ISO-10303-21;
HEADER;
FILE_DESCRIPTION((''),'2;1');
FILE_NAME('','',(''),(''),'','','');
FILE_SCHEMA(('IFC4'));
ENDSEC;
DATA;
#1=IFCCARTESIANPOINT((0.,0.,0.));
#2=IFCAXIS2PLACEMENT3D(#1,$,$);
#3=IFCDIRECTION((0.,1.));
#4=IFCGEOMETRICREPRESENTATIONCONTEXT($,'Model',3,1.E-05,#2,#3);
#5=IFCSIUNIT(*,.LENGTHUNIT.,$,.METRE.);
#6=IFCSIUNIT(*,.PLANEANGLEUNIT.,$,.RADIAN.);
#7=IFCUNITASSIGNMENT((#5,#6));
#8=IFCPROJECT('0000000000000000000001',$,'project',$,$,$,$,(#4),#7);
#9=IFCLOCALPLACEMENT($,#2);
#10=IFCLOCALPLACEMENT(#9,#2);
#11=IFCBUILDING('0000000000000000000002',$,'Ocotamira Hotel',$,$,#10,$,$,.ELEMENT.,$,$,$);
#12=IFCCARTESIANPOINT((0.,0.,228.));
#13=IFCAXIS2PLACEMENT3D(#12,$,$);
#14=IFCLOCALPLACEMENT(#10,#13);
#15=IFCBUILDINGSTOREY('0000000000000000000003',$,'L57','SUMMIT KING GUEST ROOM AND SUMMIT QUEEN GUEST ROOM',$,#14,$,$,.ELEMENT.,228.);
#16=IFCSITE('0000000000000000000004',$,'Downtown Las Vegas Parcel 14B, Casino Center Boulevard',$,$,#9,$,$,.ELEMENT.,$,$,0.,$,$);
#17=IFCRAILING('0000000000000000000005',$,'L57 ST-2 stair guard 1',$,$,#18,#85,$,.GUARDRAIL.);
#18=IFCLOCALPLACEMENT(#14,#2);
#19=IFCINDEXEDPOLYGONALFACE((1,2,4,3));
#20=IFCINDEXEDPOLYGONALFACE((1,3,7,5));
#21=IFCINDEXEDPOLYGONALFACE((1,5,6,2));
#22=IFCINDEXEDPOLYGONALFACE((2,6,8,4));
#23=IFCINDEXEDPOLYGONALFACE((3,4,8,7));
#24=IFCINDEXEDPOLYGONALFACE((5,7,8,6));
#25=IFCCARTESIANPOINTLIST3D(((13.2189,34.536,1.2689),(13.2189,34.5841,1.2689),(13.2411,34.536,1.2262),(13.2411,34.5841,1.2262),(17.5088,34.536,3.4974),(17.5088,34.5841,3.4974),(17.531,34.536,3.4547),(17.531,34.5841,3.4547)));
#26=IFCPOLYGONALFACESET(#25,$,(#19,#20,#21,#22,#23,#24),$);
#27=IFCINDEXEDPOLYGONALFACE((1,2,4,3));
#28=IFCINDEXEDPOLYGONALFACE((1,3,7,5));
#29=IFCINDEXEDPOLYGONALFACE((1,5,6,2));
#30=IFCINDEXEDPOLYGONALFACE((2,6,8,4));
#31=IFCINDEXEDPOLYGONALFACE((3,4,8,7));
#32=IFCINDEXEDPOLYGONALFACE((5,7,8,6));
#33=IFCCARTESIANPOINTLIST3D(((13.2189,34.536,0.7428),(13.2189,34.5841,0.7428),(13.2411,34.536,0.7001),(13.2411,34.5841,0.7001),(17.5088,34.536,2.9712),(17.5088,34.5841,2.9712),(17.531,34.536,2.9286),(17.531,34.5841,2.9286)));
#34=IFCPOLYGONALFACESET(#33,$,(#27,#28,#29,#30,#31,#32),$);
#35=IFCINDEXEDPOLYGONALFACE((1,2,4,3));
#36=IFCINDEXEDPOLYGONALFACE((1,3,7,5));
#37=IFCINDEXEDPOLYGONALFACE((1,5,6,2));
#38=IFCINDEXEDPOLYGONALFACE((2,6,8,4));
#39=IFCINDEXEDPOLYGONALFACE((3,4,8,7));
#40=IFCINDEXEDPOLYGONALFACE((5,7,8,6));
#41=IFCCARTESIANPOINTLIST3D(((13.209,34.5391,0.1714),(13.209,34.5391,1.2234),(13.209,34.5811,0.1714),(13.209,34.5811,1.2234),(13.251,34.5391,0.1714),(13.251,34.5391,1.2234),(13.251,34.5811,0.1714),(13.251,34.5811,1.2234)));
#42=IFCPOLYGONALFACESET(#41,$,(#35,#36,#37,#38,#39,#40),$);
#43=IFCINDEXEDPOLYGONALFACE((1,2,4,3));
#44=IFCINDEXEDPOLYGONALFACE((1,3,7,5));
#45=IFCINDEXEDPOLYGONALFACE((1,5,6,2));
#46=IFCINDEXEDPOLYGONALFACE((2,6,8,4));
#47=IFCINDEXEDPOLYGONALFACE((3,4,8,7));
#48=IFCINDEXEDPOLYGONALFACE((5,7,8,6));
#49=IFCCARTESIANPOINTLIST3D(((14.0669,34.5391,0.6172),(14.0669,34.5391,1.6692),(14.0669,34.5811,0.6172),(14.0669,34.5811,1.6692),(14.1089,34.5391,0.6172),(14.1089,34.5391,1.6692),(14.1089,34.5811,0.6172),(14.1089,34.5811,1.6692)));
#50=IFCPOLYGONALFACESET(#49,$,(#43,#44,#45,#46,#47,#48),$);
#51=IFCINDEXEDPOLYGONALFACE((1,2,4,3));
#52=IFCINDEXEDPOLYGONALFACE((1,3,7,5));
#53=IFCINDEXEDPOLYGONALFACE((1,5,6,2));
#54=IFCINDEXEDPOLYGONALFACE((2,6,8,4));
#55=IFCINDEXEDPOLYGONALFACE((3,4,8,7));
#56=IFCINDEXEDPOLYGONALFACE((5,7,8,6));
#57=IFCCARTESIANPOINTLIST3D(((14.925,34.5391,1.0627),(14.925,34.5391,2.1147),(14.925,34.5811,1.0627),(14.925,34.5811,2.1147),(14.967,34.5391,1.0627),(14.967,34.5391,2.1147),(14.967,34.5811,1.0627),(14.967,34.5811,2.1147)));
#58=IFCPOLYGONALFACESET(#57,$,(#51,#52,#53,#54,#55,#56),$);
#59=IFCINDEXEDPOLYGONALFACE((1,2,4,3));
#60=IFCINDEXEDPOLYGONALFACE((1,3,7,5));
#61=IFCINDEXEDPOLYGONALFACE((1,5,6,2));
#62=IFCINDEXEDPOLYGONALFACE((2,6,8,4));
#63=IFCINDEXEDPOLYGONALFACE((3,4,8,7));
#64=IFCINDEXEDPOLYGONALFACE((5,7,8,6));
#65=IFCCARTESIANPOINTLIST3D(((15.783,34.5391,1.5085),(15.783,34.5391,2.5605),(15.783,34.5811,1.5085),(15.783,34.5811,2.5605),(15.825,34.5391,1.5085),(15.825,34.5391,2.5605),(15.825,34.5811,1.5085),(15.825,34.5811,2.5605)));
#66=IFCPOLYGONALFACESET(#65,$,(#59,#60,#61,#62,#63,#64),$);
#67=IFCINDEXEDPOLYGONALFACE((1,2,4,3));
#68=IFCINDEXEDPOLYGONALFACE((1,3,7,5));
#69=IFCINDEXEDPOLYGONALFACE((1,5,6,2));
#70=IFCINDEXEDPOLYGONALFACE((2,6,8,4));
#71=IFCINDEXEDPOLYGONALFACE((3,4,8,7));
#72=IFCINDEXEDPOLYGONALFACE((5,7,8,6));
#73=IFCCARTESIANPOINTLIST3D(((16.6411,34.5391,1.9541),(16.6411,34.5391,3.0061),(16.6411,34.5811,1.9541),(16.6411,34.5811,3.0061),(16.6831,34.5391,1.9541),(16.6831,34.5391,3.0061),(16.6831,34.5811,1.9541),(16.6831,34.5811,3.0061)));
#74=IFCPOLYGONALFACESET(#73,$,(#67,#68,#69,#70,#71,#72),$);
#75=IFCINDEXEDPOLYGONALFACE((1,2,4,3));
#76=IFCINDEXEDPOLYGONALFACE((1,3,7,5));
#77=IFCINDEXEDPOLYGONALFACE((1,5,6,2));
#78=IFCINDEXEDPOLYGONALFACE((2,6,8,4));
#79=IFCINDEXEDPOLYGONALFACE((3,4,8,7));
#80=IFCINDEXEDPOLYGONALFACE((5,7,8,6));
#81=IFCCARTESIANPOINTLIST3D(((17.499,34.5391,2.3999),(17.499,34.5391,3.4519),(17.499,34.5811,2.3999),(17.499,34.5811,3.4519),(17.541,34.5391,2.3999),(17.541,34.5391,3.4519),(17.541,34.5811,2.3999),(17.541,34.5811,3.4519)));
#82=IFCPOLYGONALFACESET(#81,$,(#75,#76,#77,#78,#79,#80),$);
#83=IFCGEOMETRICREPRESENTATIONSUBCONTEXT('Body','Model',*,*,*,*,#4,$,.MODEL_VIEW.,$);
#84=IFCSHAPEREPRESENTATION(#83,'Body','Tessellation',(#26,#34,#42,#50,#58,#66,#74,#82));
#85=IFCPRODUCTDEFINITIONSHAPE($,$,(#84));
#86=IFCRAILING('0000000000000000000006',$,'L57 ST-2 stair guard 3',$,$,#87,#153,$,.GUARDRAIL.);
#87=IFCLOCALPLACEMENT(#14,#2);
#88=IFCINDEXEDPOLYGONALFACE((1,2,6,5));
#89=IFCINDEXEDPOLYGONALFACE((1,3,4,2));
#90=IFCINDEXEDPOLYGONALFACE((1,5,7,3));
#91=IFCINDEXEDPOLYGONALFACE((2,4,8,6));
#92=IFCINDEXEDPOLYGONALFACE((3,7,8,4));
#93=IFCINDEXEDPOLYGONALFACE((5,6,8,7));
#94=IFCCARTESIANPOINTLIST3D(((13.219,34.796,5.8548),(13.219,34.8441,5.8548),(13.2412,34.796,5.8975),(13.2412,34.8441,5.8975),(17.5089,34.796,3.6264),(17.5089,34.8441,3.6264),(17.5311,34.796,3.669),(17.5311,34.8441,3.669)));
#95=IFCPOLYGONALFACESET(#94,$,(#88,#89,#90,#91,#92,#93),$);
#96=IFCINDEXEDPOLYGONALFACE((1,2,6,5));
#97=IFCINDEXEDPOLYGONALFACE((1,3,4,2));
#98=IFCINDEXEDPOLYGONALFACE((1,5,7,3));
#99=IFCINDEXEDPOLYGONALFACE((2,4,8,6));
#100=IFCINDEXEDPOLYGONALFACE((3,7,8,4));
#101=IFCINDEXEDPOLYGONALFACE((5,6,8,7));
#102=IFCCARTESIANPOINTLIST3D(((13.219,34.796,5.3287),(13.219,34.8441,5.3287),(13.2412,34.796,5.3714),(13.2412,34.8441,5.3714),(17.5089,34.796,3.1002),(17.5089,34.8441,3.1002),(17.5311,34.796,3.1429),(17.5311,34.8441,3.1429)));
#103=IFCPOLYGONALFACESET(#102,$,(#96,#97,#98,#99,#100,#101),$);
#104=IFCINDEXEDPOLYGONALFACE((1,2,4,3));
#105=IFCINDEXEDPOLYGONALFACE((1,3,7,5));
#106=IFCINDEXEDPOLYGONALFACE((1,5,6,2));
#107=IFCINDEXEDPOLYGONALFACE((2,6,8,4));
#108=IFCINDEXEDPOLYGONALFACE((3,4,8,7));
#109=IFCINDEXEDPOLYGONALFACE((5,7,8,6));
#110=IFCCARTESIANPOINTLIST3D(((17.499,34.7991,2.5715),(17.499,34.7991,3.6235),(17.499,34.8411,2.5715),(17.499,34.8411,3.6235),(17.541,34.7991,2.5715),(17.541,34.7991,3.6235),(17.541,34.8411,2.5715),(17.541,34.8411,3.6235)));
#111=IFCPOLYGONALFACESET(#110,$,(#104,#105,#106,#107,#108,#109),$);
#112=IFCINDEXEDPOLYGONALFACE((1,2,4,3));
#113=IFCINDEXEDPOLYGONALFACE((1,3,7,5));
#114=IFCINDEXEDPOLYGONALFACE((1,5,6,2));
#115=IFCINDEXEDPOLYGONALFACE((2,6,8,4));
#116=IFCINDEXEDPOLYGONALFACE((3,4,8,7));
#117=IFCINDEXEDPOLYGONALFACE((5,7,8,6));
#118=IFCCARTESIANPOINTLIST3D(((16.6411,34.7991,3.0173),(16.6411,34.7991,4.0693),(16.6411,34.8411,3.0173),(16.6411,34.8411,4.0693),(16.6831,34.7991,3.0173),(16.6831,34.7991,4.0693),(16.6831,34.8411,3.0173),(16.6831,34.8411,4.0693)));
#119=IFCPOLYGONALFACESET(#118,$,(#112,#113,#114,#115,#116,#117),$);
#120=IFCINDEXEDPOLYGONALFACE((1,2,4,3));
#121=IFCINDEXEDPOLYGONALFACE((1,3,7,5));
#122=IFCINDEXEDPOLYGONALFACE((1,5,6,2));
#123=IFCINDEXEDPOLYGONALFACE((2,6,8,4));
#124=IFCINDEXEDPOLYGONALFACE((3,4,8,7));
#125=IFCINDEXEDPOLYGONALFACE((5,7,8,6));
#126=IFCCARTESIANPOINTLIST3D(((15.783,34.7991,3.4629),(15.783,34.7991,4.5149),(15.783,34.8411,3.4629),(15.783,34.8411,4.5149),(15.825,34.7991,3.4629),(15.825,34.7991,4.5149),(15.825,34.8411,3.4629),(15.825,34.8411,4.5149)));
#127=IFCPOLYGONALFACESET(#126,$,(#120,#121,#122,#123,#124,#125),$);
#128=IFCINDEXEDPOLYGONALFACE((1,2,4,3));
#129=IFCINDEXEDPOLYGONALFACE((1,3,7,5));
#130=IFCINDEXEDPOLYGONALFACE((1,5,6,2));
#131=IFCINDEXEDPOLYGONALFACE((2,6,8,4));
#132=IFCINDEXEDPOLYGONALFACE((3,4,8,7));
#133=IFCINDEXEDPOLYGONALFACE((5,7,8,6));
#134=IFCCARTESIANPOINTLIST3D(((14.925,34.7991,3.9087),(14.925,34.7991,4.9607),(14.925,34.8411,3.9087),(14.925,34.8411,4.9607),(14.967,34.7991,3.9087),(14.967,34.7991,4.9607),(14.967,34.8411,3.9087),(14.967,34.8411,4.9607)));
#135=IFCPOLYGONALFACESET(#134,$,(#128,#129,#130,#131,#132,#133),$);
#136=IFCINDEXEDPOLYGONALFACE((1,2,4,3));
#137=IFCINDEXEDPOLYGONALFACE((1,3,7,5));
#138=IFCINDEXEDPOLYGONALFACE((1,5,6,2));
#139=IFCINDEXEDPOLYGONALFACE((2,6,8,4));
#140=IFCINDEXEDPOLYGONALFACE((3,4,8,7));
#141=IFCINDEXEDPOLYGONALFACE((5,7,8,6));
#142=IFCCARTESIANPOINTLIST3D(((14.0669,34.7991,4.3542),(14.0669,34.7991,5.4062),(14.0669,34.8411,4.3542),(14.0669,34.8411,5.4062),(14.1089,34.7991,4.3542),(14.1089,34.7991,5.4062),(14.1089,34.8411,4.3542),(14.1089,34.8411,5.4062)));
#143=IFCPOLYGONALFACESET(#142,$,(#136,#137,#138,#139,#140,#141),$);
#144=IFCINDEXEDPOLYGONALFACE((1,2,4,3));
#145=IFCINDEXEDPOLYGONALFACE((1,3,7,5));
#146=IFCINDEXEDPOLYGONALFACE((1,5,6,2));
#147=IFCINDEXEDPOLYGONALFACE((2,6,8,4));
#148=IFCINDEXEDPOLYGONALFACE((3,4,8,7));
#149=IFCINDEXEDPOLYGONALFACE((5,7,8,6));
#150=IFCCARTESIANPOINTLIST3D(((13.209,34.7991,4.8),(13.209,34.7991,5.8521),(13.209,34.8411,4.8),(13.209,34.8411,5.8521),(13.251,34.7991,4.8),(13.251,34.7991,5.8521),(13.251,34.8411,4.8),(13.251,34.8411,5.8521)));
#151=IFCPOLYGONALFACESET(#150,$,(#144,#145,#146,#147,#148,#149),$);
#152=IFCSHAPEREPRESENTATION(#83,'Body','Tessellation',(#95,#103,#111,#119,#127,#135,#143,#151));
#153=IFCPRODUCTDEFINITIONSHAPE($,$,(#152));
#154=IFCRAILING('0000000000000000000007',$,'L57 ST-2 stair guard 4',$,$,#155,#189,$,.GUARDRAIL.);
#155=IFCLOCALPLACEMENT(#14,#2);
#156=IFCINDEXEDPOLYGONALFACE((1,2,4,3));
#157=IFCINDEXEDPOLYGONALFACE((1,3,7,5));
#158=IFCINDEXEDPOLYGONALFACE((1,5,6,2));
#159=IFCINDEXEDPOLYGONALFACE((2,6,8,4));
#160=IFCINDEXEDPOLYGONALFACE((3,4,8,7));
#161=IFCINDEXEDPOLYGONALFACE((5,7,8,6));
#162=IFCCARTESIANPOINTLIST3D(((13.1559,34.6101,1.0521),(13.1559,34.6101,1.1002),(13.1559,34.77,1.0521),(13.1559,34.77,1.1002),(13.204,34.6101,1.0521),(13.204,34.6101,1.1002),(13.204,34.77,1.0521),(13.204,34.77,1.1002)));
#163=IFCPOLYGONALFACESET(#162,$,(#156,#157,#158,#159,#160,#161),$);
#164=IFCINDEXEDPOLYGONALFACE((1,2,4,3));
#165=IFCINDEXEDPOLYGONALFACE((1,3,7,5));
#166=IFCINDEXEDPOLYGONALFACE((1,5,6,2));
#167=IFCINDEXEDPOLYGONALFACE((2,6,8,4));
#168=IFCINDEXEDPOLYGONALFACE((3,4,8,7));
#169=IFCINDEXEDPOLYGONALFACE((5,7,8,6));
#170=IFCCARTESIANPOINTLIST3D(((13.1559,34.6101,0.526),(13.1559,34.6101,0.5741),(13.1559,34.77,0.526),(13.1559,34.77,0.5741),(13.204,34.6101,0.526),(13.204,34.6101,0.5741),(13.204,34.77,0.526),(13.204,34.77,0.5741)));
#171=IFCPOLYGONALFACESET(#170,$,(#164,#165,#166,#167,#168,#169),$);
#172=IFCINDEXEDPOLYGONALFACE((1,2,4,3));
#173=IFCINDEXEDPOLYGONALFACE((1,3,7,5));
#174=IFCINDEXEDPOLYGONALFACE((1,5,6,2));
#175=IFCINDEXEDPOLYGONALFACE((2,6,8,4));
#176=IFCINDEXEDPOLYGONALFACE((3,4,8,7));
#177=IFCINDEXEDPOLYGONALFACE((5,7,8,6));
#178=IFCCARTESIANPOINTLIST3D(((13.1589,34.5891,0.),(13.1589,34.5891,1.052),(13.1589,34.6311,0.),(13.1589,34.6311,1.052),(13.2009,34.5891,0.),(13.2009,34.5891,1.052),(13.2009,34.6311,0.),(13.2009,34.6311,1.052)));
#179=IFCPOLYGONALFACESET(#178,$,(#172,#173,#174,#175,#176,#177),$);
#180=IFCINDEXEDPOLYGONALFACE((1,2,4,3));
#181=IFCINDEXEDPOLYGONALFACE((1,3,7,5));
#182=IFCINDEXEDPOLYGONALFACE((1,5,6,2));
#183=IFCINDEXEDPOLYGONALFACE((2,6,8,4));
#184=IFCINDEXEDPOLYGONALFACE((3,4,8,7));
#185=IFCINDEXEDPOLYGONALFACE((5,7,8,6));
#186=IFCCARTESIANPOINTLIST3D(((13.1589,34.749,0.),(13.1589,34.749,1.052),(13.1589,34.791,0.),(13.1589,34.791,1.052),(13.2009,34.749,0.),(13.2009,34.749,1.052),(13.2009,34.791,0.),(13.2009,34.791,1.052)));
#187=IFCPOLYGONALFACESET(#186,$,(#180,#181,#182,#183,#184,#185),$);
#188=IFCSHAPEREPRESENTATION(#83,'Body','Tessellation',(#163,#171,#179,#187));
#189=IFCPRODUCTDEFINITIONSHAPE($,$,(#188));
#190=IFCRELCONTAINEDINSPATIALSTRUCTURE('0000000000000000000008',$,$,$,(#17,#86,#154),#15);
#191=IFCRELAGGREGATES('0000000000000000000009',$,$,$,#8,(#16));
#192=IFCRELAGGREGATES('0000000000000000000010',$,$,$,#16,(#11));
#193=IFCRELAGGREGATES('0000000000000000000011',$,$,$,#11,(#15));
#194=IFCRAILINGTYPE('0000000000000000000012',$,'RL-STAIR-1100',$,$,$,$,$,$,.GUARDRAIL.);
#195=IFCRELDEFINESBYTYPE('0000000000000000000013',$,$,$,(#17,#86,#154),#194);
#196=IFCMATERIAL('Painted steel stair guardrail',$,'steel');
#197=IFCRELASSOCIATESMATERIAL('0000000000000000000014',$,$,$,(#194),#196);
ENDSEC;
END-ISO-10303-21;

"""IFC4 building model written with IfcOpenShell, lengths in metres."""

from ifc_helpers import new_model, si_unit, direction, frame, origin, origin_2d, place, context, subcontext, project, spatial, rectangle, extrude, material, type_object, element, save


model = new_model("IFC4")

# Units and contexts
model_context = context("Model", 3, precision=1e-05, world=origin(), true_north=direction((0.0, 1.0)))
body_context = subcontext(model_context, "Body", "Model", "MODEL_VIEW")
ifc_project = project(units=[si_unit("LENGTHUNIT", "METRE"), si_unit("PLANEANGLEUNIT", "RADIAN")], contexts=[model_context])

# Site, building, storey
site_placement = place(None, origin())
site = spatial("IfcSite", under=ifc_project, at=site_placement, Name="Downtown Las Vegas Parcel 14B, Casino Center Boulevard", CompositionType="ELEMENT", RefElevation=0.0)
building_placement = place(site_placement, origin())
building = spatial("IfcBuilding", under=site, at=building_placement, Name="Ocotamira Hotel", CompositionType="ELEMENT")
storey_placement = place(building_placement, frame((0.0, 0.0, 228.0)))
storey = spatial("IfcBuildingStorey", under=building, at=storey_placement, Name="L57", Description="SUMMIT KING GUEST ROOM AND SUMMIT QUEEN GUEST ROOM", CompositionType="ELEMENT", Elevation=228.0)

# Railings
ifc_material_1 = material(Name="Painted steel stair guardrail", Category="steel")
railing_type_1 = type_object("IfcRailingType", Name="RL-STAIR-1100", PredefinedType="GUARDRAIL", material=ifc_material_1)
railing_1_placement = place(storey_placement, frame((13.23, 34.5601, 0.1714)))
element("IfcRailing", 1, at=railing_1_placement, inside=storey, type_object=railing_type_1, Name="L57 ST-2 stair guard 1", PredefinedType="GUARDRAIL", context=body_context, shape_type="SweptSolid", body=[
    extrude(rectangle(XDim=0.0481, YDim=0.0481, at=origin_2d()), frame((0.0, 0.0, 1.0762), z_axis=(0.887412, 0.0, 0.460977), x_axis=(0.0, 1.0, 0.0)), (0.0, 0.0, 1.0), 4.8342),
    extrude(rectangle(XDim=0.0481, YDim=0.0481, at=origin_2d()), frame((0.0, 0.0, 0.55), z_axis=(0.887412, 0.0, 0.460977), x_axis=(0.0, 1.0, 0.0)), (0.0, 0.0, 1.0), 4.8342),
    extrude(rectangle(XDim=0.042, YDim=0.042, at=origin_2d()), origin(), (0.0, 0.0, 1.0), 1.052),
    extrude(rectangle(XDim=0.042, YDim=0.042, at=origin_2d()), frame((0.8579, 0.0, 0.4458)), (0.0, 0.0, 1.0), 1.052),
    extrude(rectangle(XDim=0.042, YDim=0.042, at=origin_2d()), frame((1.7161, 0.0, 0.8914)), (0.0, 0.0, 1.0), 1.052),
    extrude(rectangle(XDim=0.042, YDim=0.042, at=origin_2d()), frame((2.574, 0.0, 1.3372)), (0.0, 0.0, 1.0), 1.052),
    extrude(rectangle(XDim=0.042, YDim=0.042, at=origin_2d()), frame((3.4321, 0.0, 1.7827)), (0.0, 0.0, 1.0), 1.052),
    extrude(rectangle(XDim=0.042, YDim=0.042, at=origin_2d()), frame((4.29, 0.0, 2.2285)), (0.0, 0.0, 1.0), 1.052),
])
railing_2_placement = place(storey_placement, frame((17.52, 34.8201, 2.5715)))
element("IfcRailing", 2, at=railing_2_placement, inside=storey, type_object=railing_type_1, Name="L57 ST-2 stair guard 3", PredefinedType="GUARDRAIL", context=body_context, shape_type="SweptSolid", body=[
    extrude(rectangle(XDim=0.0481, YDim=0.0481, at=origin_2d()), frame((0.0, 0.0, 1.0762), z_axis=(-0.887412, 0.0, 0.460977), x_axis=(0.0, -1.0, 0.0)), (0.0, 0.0, 1.0), 4.8342),
    extrude(rectangle(XDim=0.0481, YDim=0.0481, at=origin_2d()), frame((0.0, 0.0, 0.55), z_axis=(-0.887412, 0.0, 0.460977), x_axis=(0.0, -1.0, 0.0)), (0.0, 0.0, 1.0), 4.8342),
    extrude(rectangle(XDim=0.042, YDim=0.042, at=origin_2d()), origin(), (0.0, 0.0, 1.0), 1.052),
    extrude(rectangle(XDim=0.042, YDim=0.042, at=origin_2d()), frame((-0.8579, 0.0, 0.4458)), (0.0, 0.0, 1.0), 1.052),
    extrude(rectangle(XDim=0.042, YDim=0.042, at=origin_2d()), frame((-1.7161, 0.0, 0.8914)), (0.0, 0.0, 1.0), 1.052),
    extrude(rectangle(XDim=0.042, YDim=0.042, at=origin_2d()), frame((-2.574, 0.0, 1.3372)), (0.0, 0.0, 1.0), 1.052),
    extrude(rectangle(XDim=0.042, YDim=0.042, at=origin_2d()), frame((-3.4321, 0.0, 1.7827)), (0.0, 0.0, 1.0), 1.052),
    extrude(rectangle(XDim=0.042, YDim=0.042, at=origin_2d()), frame((-4.29, 0.0, 2.2285)), (0.0, 0.0, 1.0), 1.052),
])
railing_3_placement = place(storey_placement, frame((13.1799, 34.6101, 0.0)))
element("IfcRailing", 3, at=railing_3_placement, inside=storey, type_object=railing_type_1, Name="L57 ST-2 stair guard 4", PredefinedType="GUARDRAIL", context=body_context, shape_type="SweptSolid", body=[
    extrude(rectangle(XDim=0.0481, YDim=0.0481, at=origin_2d()), frame((0.0, 0.0, 1.0762), z_axis=(0.0, 1.0, 0.0), x_axis=(-1.0, 0.0, 0.0)), (0.0, 0.0, 1.0), 0.1599),
    extrude(rectangle(XDim=0.0481, YDim=0.0481, at=origin_2d()), frame((0.0, 0.0, 0.55), z_axis=(0.0, 1.0, 0.0), x_axis=(-1.0, 0.0, 0.0)), (0.0, 0.0, 1.0), 0.1599),
    extrude(rectangle(XDim=0.042, YDim=0.042, at=origin_2d()), origin(), (0.0, 0.0, 1.0), 1.052),
    extrude(rectangle(XDim=0.042, YDim=0.042, at=origin_2d()), frame((0.0, 0.1599, 0.0)), (0.0, 0.0, 1.0), 1.052),
])

save(model, "model.ifc")
